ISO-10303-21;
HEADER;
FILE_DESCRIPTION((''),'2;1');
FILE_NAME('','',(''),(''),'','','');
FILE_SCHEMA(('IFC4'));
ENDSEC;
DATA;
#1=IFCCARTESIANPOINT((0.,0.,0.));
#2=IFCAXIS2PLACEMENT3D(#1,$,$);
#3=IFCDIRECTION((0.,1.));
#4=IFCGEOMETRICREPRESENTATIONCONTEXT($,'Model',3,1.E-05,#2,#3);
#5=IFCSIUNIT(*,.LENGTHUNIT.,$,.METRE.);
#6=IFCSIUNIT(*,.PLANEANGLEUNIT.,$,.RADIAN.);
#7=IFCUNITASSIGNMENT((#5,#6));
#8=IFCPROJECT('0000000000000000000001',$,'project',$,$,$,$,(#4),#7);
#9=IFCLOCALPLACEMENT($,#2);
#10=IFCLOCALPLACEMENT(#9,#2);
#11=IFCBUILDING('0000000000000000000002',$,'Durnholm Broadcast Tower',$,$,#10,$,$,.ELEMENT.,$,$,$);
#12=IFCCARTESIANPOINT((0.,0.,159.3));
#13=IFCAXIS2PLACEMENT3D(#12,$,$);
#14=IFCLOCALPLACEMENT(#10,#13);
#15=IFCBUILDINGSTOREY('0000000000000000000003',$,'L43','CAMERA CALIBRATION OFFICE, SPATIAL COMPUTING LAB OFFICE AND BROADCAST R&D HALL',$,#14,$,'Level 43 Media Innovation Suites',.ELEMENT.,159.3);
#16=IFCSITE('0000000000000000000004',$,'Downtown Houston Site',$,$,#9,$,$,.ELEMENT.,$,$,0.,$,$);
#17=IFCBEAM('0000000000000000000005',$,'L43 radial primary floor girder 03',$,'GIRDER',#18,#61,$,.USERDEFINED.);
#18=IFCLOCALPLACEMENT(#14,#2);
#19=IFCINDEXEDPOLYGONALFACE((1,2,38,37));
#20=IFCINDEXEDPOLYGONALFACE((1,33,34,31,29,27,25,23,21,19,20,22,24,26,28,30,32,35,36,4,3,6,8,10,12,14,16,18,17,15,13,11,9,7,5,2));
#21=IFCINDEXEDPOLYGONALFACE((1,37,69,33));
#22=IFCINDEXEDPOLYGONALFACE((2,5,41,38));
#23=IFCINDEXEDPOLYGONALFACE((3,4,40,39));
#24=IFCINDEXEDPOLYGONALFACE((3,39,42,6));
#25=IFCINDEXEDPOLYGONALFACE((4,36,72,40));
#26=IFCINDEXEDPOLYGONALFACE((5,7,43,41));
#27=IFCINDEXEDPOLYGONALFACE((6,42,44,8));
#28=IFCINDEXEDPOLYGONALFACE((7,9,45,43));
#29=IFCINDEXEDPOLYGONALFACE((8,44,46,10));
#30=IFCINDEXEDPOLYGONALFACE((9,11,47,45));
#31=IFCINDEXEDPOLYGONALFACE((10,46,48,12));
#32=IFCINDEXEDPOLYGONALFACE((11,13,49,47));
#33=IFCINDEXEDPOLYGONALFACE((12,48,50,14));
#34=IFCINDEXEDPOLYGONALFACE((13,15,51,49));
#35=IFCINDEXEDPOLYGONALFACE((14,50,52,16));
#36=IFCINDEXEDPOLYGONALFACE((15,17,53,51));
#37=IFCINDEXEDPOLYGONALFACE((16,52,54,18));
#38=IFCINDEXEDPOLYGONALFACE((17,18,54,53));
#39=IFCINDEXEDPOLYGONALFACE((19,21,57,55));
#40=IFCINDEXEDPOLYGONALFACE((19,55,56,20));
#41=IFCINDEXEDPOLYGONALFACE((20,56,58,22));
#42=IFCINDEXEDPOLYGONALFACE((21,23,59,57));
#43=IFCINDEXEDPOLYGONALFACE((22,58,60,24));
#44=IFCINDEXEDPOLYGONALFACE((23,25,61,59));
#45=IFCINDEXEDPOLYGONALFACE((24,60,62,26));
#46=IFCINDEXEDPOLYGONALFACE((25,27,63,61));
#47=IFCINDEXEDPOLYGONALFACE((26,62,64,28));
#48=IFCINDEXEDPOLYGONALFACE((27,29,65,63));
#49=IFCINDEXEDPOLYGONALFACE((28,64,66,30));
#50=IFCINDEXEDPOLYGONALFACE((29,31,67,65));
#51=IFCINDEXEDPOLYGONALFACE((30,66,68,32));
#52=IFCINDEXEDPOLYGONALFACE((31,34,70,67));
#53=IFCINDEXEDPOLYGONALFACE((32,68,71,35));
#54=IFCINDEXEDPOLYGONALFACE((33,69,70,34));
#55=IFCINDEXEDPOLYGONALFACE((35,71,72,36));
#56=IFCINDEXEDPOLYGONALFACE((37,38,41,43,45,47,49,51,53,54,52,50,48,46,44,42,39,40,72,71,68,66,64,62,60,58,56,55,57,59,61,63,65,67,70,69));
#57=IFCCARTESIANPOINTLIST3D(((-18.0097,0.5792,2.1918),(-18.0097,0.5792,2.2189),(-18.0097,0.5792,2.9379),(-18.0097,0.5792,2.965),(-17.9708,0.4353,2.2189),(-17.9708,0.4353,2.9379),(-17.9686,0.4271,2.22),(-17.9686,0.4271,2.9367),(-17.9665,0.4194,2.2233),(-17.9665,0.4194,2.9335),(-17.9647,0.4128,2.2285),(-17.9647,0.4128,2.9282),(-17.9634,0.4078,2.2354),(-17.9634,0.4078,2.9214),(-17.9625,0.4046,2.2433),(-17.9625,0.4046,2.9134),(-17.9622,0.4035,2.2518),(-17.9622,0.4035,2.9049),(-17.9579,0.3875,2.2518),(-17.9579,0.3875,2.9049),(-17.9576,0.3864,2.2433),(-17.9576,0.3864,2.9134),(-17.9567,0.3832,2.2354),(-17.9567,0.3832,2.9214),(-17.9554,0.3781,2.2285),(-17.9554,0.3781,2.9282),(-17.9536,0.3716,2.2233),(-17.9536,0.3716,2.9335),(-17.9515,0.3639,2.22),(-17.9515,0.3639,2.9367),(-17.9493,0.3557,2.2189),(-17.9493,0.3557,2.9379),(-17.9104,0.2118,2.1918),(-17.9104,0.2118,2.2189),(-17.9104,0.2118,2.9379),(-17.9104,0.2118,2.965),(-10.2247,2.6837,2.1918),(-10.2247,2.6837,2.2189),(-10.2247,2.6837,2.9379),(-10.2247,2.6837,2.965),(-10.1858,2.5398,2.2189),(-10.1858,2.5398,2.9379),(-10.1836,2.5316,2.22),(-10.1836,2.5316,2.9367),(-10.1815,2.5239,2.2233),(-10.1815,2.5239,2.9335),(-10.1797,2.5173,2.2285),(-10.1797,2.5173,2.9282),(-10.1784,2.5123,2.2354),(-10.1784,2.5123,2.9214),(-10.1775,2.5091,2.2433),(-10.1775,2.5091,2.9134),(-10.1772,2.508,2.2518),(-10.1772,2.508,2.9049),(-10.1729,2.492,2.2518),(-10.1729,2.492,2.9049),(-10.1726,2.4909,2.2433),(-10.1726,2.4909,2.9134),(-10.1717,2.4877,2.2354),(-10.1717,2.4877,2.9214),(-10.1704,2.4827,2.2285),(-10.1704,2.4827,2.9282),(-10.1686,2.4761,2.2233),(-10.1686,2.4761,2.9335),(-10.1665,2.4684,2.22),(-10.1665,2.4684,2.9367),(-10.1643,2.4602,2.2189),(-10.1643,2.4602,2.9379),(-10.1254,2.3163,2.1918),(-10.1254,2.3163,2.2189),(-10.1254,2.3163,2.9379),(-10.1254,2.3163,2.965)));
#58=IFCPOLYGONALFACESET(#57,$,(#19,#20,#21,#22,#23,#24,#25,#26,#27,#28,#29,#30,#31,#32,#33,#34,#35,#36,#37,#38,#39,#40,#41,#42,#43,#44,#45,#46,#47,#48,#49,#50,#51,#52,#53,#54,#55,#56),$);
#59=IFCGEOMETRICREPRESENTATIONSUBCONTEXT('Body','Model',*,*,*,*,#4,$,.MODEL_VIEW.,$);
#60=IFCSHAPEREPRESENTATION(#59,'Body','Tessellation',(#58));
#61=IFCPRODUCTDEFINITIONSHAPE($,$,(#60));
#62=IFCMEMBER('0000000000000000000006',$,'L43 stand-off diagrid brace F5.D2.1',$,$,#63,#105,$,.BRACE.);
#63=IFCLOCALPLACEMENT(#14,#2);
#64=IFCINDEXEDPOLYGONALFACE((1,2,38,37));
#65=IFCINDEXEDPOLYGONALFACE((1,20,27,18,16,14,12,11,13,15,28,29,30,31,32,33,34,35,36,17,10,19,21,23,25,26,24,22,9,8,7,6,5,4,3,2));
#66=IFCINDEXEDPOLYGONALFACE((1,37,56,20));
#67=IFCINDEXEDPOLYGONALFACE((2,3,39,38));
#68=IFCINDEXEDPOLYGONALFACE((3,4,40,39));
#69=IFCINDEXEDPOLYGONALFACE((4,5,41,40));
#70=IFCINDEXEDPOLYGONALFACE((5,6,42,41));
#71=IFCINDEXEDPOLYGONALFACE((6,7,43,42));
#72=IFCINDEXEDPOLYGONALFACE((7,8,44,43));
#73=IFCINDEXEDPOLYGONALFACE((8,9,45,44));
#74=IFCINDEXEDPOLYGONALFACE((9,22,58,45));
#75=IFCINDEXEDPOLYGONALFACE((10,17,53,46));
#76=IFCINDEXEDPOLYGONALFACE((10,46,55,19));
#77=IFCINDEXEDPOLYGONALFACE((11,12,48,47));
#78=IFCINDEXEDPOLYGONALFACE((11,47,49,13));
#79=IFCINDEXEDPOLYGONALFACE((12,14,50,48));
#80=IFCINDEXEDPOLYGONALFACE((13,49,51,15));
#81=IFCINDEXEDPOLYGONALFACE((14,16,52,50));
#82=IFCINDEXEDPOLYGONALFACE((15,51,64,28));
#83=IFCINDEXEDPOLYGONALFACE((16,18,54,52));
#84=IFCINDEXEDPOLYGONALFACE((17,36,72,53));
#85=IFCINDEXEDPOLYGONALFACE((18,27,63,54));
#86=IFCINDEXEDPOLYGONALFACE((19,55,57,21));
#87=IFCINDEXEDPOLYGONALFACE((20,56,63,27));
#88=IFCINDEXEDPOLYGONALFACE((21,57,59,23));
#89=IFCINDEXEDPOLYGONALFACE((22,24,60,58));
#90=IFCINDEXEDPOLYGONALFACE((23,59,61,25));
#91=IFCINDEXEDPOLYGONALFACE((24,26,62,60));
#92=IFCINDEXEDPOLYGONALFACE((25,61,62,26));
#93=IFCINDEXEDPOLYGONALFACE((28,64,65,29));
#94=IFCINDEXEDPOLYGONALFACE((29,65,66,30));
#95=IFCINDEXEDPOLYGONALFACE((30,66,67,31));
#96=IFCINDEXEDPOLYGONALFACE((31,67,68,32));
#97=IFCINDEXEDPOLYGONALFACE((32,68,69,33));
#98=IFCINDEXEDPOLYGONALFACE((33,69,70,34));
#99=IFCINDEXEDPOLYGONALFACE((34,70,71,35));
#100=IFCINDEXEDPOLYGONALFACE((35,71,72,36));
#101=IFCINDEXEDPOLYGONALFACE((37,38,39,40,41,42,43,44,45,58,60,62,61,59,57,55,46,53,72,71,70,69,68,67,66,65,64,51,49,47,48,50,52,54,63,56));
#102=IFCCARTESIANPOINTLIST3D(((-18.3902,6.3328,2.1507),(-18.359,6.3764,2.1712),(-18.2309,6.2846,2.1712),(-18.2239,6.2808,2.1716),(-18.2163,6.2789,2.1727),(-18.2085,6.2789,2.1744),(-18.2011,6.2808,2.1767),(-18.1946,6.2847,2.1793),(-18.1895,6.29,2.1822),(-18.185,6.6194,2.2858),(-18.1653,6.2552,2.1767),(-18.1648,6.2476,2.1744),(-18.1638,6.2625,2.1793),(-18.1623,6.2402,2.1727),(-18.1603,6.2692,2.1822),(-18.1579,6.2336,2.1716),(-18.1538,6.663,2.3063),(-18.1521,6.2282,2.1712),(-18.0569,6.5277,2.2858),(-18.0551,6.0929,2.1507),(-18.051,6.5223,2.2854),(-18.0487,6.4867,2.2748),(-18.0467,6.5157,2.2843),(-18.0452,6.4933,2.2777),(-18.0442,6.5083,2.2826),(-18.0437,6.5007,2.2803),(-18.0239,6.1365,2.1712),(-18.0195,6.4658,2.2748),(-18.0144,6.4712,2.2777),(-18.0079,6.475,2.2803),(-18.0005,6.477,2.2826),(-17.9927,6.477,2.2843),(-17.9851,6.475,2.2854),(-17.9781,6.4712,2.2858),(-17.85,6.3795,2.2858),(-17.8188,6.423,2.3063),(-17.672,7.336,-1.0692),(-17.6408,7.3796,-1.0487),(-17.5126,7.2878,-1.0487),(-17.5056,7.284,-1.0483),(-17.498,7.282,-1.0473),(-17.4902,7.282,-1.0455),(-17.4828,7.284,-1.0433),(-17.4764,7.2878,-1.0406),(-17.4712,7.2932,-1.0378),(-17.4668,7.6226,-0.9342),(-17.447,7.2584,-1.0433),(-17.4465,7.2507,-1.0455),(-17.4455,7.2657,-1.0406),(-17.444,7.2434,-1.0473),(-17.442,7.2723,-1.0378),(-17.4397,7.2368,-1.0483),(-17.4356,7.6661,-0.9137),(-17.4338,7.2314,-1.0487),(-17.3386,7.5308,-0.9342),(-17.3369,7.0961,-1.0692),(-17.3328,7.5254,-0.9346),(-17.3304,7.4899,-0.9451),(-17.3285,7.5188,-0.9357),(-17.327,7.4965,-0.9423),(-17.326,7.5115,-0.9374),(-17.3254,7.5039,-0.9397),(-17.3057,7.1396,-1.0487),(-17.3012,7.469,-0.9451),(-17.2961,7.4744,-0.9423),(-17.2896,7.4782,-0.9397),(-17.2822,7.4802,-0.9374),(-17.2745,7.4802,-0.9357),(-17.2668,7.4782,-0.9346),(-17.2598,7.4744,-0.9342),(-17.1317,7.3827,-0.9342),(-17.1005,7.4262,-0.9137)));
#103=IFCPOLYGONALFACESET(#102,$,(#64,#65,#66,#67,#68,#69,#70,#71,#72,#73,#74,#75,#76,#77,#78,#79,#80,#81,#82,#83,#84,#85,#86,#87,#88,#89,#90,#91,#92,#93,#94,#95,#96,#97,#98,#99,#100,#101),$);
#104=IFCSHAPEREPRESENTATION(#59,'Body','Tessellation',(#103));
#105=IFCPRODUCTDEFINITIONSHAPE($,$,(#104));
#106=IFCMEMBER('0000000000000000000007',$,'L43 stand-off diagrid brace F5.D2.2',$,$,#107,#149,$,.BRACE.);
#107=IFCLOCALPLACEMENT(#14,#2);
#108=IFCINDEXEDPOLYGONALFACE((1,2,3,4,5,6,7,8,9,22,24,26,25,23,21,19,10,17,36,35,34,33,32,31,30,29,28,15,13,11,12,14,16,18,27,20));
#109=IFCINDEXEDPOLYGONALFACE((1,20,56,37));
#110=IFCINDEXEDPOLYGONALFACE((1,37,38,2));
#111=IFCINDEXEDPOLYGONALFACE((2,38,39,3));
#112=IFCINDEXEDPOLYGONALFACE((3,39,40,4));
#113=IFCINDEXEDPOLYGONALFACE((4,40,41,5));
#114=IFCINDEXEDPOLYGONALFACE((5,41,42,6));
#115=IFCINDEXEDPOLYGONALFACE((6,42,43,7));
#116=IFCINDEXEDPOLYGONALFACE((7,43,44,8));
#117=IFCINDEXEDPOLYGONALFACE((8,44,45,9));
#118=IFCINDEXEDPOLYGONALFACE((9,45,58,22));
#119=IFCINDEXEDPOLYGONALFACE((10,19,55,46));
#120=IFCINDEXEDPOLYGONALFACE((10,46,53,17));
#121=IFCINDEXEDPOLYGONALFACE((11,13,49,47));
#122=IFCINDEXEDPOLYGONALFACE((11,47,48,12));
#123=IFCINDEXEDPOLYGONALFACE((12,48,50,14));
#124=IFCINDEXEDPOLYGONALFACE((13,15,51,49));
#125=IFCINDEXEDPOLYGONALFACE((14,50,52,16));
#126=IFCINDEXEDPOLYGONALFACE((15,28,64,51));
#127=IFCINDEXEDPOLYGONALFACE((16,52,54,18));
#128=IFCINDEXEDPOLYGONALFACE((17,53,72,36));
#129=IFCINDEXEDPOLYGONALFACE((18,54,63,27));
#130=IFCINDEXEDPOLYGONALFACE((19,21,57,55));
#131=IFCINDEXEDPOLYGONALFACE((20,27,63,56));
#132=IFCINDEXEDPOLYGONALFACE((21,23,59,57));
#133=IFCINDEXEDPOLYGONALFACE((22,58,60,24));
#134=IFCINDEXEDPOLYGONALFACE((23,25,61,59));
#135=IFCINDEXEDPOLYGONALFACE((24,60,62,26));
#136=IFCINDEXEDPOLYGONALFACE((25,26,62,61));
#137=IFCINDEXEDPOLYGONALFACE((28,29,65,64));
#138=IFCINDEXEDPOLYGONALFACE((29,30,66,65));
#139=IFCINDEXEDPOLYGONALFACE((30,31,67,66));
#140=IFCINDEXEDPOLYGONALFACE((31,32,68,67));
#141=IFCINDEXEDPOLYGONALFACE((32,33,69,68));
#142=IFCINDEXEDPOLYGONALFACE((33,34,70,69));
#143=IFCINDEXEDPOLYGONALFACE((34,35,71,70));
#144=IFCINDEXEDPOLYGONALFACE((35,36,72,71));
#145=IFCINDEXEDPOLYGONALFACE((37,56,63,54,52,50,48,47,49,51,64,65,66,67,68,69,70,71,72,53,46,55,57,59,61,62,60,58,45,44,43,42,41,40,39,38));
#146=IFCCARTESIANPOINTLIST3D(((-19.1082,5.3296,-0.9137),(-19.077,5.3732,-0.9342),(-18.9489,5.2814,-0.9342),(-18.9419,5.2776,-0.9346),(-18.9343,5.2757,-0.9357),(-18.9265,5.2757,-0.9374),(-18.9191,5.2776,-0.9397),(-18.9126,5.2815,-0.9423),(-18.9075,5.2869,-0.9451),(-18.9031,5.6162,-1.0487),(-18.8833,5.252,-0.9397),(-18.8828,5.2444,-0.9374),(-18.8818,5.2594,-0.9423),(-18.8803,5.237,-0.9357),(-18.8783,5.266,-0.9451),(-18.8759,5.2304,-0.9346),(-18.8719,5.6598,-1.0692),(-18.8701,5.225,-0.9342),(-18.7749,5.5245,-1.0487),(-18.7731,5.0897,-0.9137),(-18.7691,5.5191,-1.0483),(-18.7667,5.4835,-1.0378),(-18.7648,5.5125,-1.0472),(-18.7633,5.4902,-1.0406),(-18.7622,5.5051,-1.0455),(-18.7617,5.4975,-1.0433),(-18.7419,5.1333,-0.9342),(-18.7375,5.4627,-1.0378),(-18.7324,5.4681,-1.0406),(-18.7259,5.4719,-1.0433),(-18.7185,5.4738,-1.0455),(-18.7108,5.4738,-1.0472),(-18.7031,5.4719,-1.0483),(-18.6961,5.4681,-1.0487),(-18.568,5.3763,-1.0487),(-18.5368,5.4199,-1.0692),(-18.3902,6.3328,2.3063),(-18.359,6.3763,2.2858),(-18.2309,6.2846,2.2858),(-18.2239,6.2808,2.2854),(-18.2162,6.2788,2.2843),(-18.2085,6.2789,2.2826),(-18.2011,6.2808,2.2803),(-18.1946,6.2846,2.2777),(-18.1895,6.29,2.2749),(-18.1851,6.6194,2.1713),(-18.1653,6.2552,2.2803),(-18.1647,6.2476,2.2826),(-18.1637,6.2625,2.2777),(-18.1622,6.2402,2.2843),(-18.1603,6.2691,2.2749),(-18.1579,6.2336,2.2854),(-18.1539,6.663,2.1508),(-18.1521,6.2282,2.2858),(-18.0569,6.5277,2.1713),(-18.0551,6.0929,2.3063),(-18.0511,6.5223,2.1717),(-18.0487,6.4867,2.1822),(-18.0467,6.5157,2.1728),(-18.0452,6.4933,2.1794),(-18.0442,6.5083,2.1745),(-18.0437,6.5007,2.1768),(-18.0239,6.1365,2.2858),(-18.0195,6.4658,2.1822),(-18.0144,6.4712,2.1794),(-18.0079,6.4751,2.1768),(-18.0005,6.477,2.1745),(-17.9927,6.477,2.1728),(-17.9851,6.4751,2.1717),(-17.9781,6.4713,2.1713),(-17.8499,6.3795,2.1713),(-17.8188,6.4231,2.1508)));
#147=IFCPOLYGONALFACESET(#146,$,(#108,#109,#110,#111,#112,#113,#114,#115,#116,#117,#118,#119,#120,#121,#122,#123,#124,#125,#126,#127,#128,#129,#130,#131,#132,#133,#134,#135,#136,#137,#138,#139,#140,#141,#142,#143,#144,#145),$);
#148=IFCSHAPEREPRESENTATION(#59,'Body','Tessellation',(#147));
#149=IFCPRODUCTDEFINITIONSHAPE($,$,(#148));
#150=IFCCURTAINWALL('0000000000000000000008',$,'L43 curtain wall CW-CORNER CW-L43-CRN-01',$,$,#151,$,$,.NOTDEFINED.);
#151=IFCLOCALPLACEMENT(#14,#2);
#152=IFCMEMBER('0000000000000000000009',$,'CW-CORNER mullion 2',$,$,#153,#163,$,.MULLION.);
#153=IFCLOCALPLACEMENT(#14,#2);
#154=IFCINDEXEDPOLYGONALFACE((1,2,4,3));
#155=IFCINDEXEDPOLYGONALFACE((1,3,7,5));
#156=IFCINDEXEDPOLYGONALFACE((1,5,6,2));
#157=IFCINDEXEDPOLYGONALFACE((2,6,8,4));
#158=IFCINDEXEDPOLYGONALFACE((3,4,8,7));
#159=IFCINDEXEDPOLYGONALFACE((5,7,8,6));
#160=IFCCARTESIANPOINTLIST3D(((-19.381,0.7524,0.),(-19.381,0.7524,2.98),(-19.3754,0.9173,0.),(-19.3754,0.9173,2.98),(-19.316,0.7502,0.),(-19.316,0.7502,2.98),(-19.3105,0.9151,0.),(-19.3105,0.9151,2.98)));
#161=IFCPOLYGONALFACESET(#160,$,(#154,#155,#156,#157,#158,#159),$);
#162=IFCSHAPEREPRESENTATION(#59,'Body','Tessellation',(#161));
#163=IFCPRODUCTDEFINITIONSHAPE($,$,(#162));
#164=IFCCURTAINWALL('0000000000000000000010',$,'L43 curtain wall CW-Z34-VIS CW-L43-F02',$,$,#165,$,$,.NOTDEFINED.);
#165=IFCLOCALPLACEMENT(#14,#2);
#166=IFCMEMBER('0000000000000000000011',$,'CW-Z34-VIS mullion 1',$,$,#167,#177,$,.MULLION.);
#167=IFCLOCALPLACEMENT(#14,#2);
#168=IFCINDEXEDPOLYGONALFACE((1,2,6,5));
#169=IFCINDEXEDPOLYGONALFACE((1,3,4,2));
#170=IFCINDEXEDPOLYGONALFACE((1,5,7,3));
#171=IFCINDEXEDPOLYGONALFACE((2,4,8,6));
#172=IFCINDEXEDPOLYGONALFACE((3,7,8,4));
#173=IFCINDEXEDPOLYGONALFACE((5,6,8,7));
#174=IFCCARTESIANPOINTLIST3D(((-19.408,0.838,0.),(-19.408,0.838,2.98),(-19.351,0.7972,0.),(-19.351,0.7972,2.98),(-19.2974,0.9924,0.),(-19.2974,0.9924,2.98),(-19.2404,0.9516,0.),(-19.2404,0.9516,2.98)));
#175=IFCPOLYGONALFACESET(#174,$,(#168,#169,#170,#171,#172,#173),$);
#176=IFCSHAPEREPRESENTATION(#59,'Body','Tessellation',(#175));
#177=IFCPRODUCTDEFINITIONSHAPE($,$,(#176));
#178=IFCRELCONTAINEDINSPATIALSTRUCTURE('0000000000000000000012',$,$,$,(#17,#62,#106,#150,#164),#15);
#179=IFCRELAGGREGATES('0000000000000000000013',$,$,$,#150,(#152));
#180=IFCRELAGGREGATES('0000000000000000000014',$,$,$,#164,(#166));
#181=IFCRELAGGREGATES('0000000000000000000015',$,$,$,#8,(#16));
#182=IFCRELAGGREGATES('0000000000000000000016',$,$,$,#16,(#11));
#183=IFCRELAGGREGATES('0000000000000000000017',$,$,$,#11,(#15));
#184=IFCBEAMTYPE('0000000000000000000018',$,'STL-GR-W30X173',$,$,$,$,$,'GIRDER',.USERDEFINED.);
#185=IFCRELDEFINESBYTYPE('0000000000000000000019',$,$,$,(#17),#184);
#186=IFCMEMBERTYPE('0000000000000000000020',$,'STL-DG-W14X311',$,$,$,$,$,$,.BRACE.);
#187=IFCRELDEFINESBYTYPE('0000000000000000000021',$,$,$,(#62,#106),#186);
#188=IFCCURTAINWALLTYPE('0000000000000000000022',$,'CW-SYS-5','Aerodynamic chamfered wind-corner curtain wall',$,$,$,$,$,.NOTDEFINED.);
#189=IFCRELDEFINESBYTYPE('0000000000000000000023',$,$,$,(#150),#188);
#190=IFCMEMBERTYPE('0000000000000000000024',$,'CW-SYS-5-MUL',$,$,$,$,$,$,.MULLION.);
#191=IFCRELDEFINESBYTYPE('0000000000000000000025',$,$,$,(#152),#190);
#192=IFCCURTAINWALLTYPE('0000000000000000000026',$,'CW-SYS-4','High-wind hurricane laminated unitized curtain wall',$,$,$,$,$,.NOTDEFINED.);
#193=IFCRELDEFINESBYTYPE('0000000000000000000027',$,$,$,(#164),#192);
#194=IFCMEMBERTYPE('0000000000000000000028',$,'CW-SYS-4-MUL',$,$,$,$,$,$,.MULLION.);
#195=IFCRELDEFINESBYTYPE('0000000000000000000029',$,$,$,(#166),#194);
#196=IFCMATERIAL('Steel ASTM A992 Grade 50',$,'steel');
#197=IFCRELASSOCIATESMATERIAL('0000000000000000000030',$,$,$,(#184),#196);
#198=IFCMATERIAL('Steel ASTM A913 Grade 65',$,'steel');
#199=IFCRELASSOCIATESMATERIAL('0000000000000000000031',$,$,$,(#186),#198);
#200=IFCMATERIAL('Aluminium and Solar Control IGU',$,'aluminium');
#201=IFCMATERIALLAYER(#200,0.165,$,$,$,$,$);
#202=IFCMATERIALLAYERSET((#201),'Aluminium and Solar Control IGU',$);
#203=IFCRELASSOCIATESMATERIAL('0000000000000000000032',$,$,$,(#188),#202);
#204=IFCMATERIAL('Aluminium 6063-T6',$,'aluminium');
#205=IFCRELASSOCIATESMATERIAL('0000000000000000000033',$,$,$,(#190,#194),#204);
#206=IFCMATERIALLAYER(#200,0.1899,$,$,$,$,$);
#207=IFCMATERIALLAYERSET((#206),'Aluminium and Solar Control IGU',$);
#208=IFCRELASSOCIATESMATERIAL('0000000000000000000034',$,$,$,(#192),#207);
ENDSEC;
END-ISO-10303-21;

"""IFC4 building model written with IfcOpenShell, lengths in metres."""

from ifc_helpers import new_model, si_unit, direction, frame, origin, origin_2d, place, context, subcontext, project, spatial, rectangle, i_section, extrude, source, transform, mapped, material, layer, layer_set, material_profile, profile_set, type_object, type_shapes, element, aggregate, save


model = new_model("IFC4")

# Units and contexts
model_context = context("Model", 3, precision=1e-05, world=origin(), true_north=direction((0.0, 1.0)))
body_context = subcontext(model_context, "Body", "Model", "MODEL_VIEW")
ifc_project = project(units=[si_unit("LENGTHUNIT", "METRE"), si_unit("PLANEANGLEUNIT", "RADIAN")], contexts=[model_context])

# Site, building, storey
site_placement = place(None, origin())
site = spatial("IfcSite", under=ifc_project, at=site_placement, Name="Downtown Houston Site", CompositionType="ELEMENT", RefElevation=0.0)
building_placement = place(site_placement, origin())
building = spatial("IfcBuilding", under=site, at=building_placement, Name="Durnholm Broadcast Tower", CompositionType="ELEMENT")
storey_placement = place(building_placement, frame((0.0, 0.0, 159.3)))
storey = spatial("IfcBuildingStorey", under=building, at=storey_placement, Name="L43", Description="CAMERA CALIBRATION OFFICE, SPATIAL COMPUTING LAB OFFICE AND BROADCAST R&D HALL", LongName="Level 43 Media Innovation Suites", CompositionType="ELEMENT", Elevation=159.3)

# Beam
ifc_material_1 = material(Name="Steel ASTM A992 Grade 50", Category="steel")
ifc_material_profile_1 = material_profile(ifc_material_1, i_section(OverallWidth=0.3806, OverallDepth=0.7732, WebThickness=0.0166, FlangeThickness=0.0271, FilletRadius=0.033, at=origin_2d()), Name="W30X173")
ifc_profile_set_1 = profile_set([ifc_material_profile_1], Name="Steel ASTM A992 Grade 50")
beam_type_1 = type_object("IfcBeamType", Name="STL-GR-W30X173", ElementType="GIRDER", PredefinedType="USERDEFINED", material=ifc_profile_set_1)
shared_shape_1 = source(origin(), body_context, "Body", "SweptSolid", [
    extrude(i_section(OverallWidth=0.3806, OverallDepth=0.7732, WebThickness=0.0166, FlangeThickness=0.0271, FilletRadius=0.033, at=origin_2d()), origin(), (0.0, 0.0, 1.0), 8.0645),
])
beam_1_placement = place(storey_placement, frame((-10.175, 2.5, 2.5784), z_axis=(-0.965349, -0.260962, 0.0), x_axis=(0.260962, -0.965349, 0.0)))
element("IfcBeam", 1, at=beam_1_placement, inside=storey, type_object=beam_type_1, Name="L43 radial primary floor girder 03", ObjectType="GIRDER", PredefinedType="USERDEFINED", context=body_context, shape_type="MappedRepresentation", body=[
    mapped(shared_shape_1, transform((0.0, 0.0, 0.0), x_axis=(1.0, 0.0, 0.0), y_axis=(0.0, 1.0, 0.0), z_axis=(0.0, 0.0, 1.0), scale=1.0)),
])

# Members
ifc_material_2 = material(Name="Steel ASTM A913 Grade 65", Category="steel")
ifc_material_profile_2 = material_profile(ifc_material_2, i_section(OverallWidth=0.4121, OverallDepth=0.4348, WebThickness=0.0359, FlangeThickness=0.0574, FilletRadius=0.0305, at=origin_2d()), Name="W14X311")
ifc_profile_set_2 = profile_set([ifc_material_profile_2], Name="Steel ASTM A913 Grade 65")
member_type_1 = type_object("IfcMemberType", Name="STL-DG-W14X311", PredefinedType="BRACE", material=ifc_profile_set_2)
shared_shape_2 = source(origin(), body_context, "Body", "SweptSolid", [
    extrude(i_section(OverallWidth=0.4121, OverallDepth=0.4348, WebThickness=0.0359, FlangeThickness=0.0574, FilletRadius=0.0305, at=origin_2d()), origin(), (0.0, 0.0, 1.0), 3.4482),
])
type_shapes(member_type_1, [shared_shape_2])
for number, where, z_axis, x_axis, name in (
    (2, (-17.3862, 7.3811, -0.9915), (-0.208297, -0.290922, 0.933797), (0.813078, -0.582155, 0.0), "L43 stand-off diagrid brace F5.D2.1"),
    (3, (-18.8225, 5.3748, -0.9915), (0.208229, 0.290926, 0.933811), (-0.813171, 0.582024, 0.0), "L43 stand-off diagrid brace F5.D2.2"),
):
    element("IfcMember", number, at=place(storey_placement, frame(where, z_axis=z_axis, x_axis=x_axis)), inside=storey, type_object=member_type_1, Name=name, PredefinedType="BRACE", context=body_context, shape_type="MappedRepresentation", body=[
        mapped(shared_shape_2, transform((0.0, 0.0, 0.0), x_axis=(1.0, 0.0, 0.0), y_axis=(0.0, 1.0, 0.0), z_axis=(0.0, 0.0, 1.0), scale=1.0)),
    ])

# Curtain wall, member
ifc_material_3 = material(Name="Aluminium and Solar Control IGU", Category="aluminium")
ifc_layer_1 = layer(ifc_material_3, 0.165)
ifc_layer_set_1 = layer_set([ifc_layer_1], Name="Aluminium and Solar Control IGU")
curtain_wall_type_1 = type_object("IfcCurtainWallType", Name="CW-SYS-5", Description="Aerodynamic chamfered wind-corner curtain wall", PredefinedType="NOTDEFINED", material=ifc_layer_set_1)
curtain_wall_1_placement = place(storey_placement, origin())
curtain_wall_1 = element("IfcCurtainWall", 4, at=curtain_wall_1_placement, inside=storey, type_object=curtain_wall_type_1, Name="L43 curtain wall CW-CORNER CW-L43-CRN-01", PredefinedType="NOTDEFINED")
ifc_material_4 = material(Name="Aluminium 6063-T6", Category="aluminium")
ifc_material_profile_3 = material_profile(ifc_material_4, rectangle(XDim=0.0649, YDim=0.165, at=origin_2d()), Name="CWM65X165")
ifc_profile_set_3 = profile_set([ifc_material_profile_3], Name="Aluminium 6063-T6")
member_type_2 = type_object("IfcMemberType", Name="CW-SYS-5-MUL", PredefinedType="MULLION", material=ifc_profile_set_3)
shared_shape_3 = source(origin(), body_context, "Body", "SweptSolid", [
    extrude(rectangle(XDim=0.0649, YDim=0.165, at=origin_2d()), origin(), (0.0, 0.0, 1.0), 2.98),
])
type_shapes(member_type_2, [shared_shape_3])
member_1_placement = place(storey_placement, frame((-19.3457, 0.8337, 0.0), z_axis=(0.0, 0.0, 1.0), x_axis=(-0.999425, 0.033913, 0.0)))
member_1 = element("IfcMember", 5, at=member_1_placement, type_object=member_type_2, Name="CW-CORNER mullion 2", PredefinedType="MULLION", context=body_context, shape_type="MappedRepresentation", body=[
    mapped(shared_shape_3, transform((0.0, 0.0, 0.0), x_axis=(1.0, 0.0, 0.0), y_axis=(0.0, 1.0, 0.0), z_axis=(0.0, 0.0, 1.0), scale=1.0)),
])

# Curtain wall, member
ifc_layer_2 = layer(ifc_material_3, 0.1899)
ifc_layer_set_2 = layer_set([ifc_layer_2], Name="Aluminium and Solar Control IGU")
curtain_wall_type_2 = type_object("IfcCurtainWallType", Name="CW-SYS-4", Description="High-wind hurricane laminated unitized curtain wall", PredefinedType="NOTDEFINED", material=ifc_layer_set_2)
curtain_wall_2_placement = place(storey_placement, origin())
curtain_wall_2 = element("IfcCurtainWall", 6, at=curtain_wall_2_placement, inside=storey, type_object=curtain_wall_type_2, Name="L43 curtain wall CW-Z34-VIS CW-L43-F02", PredefinedType="NOTDEFINED")
ifc_material_profile_4 = material_profile(ifc_material_4, rectangle(XDim=0.0701, YDim=0.1899, at=origin_2d()), Name="CWM70X190")
ifc_profile_set_4 = profile_set([ifc_material_profile_4], Name="Aluminium 6063-T6")
member_type_3 = type_object("IfcMemberType", Name="CW-SYS-4-MUL", PredefinedType="MULLION", material=ifc_profile_set_4)
shared_shape_4 = source(origin(), body_context, "Body", "SweptSolid", [
    extrude(rectangle(XDim=0.0701, YDim=0.1899, at=origin_2d()), origin(), (0.0, 0.0, 1.0), 2.98),
])
type_shapes(member_type_3, [shared_shape_4])
member_2_placement = place(storey_placement, frame((-19.3242, 0.8948, 0.0), z_axis=(0.0, 0.0, 1.0), x_axis=(-0.813089, 0.582139, 0.0)))
member_2 = element("IfcMember", 7, at=member_2_placement, type_object=member_type_3, Name="CW-Z34-VIS mullion 1", PredefinedType="MULLION", context=body_context, shape_type="MappedRepresentation", body=[
    mapped(shared_shape_4, transform((0.0, 0.0, 0.0), x_axis=(1.0, 0.0, 0.0), y_axis=(0.0, 1.0, 0.0), z_axis=(0.0, 0.0, 1.0), scale=1.0)),
])

aggregate(curtain_wall_1, [member_1])
aggregate(curtain_wall_2, [member_2])

save(model, "model.ifc")
